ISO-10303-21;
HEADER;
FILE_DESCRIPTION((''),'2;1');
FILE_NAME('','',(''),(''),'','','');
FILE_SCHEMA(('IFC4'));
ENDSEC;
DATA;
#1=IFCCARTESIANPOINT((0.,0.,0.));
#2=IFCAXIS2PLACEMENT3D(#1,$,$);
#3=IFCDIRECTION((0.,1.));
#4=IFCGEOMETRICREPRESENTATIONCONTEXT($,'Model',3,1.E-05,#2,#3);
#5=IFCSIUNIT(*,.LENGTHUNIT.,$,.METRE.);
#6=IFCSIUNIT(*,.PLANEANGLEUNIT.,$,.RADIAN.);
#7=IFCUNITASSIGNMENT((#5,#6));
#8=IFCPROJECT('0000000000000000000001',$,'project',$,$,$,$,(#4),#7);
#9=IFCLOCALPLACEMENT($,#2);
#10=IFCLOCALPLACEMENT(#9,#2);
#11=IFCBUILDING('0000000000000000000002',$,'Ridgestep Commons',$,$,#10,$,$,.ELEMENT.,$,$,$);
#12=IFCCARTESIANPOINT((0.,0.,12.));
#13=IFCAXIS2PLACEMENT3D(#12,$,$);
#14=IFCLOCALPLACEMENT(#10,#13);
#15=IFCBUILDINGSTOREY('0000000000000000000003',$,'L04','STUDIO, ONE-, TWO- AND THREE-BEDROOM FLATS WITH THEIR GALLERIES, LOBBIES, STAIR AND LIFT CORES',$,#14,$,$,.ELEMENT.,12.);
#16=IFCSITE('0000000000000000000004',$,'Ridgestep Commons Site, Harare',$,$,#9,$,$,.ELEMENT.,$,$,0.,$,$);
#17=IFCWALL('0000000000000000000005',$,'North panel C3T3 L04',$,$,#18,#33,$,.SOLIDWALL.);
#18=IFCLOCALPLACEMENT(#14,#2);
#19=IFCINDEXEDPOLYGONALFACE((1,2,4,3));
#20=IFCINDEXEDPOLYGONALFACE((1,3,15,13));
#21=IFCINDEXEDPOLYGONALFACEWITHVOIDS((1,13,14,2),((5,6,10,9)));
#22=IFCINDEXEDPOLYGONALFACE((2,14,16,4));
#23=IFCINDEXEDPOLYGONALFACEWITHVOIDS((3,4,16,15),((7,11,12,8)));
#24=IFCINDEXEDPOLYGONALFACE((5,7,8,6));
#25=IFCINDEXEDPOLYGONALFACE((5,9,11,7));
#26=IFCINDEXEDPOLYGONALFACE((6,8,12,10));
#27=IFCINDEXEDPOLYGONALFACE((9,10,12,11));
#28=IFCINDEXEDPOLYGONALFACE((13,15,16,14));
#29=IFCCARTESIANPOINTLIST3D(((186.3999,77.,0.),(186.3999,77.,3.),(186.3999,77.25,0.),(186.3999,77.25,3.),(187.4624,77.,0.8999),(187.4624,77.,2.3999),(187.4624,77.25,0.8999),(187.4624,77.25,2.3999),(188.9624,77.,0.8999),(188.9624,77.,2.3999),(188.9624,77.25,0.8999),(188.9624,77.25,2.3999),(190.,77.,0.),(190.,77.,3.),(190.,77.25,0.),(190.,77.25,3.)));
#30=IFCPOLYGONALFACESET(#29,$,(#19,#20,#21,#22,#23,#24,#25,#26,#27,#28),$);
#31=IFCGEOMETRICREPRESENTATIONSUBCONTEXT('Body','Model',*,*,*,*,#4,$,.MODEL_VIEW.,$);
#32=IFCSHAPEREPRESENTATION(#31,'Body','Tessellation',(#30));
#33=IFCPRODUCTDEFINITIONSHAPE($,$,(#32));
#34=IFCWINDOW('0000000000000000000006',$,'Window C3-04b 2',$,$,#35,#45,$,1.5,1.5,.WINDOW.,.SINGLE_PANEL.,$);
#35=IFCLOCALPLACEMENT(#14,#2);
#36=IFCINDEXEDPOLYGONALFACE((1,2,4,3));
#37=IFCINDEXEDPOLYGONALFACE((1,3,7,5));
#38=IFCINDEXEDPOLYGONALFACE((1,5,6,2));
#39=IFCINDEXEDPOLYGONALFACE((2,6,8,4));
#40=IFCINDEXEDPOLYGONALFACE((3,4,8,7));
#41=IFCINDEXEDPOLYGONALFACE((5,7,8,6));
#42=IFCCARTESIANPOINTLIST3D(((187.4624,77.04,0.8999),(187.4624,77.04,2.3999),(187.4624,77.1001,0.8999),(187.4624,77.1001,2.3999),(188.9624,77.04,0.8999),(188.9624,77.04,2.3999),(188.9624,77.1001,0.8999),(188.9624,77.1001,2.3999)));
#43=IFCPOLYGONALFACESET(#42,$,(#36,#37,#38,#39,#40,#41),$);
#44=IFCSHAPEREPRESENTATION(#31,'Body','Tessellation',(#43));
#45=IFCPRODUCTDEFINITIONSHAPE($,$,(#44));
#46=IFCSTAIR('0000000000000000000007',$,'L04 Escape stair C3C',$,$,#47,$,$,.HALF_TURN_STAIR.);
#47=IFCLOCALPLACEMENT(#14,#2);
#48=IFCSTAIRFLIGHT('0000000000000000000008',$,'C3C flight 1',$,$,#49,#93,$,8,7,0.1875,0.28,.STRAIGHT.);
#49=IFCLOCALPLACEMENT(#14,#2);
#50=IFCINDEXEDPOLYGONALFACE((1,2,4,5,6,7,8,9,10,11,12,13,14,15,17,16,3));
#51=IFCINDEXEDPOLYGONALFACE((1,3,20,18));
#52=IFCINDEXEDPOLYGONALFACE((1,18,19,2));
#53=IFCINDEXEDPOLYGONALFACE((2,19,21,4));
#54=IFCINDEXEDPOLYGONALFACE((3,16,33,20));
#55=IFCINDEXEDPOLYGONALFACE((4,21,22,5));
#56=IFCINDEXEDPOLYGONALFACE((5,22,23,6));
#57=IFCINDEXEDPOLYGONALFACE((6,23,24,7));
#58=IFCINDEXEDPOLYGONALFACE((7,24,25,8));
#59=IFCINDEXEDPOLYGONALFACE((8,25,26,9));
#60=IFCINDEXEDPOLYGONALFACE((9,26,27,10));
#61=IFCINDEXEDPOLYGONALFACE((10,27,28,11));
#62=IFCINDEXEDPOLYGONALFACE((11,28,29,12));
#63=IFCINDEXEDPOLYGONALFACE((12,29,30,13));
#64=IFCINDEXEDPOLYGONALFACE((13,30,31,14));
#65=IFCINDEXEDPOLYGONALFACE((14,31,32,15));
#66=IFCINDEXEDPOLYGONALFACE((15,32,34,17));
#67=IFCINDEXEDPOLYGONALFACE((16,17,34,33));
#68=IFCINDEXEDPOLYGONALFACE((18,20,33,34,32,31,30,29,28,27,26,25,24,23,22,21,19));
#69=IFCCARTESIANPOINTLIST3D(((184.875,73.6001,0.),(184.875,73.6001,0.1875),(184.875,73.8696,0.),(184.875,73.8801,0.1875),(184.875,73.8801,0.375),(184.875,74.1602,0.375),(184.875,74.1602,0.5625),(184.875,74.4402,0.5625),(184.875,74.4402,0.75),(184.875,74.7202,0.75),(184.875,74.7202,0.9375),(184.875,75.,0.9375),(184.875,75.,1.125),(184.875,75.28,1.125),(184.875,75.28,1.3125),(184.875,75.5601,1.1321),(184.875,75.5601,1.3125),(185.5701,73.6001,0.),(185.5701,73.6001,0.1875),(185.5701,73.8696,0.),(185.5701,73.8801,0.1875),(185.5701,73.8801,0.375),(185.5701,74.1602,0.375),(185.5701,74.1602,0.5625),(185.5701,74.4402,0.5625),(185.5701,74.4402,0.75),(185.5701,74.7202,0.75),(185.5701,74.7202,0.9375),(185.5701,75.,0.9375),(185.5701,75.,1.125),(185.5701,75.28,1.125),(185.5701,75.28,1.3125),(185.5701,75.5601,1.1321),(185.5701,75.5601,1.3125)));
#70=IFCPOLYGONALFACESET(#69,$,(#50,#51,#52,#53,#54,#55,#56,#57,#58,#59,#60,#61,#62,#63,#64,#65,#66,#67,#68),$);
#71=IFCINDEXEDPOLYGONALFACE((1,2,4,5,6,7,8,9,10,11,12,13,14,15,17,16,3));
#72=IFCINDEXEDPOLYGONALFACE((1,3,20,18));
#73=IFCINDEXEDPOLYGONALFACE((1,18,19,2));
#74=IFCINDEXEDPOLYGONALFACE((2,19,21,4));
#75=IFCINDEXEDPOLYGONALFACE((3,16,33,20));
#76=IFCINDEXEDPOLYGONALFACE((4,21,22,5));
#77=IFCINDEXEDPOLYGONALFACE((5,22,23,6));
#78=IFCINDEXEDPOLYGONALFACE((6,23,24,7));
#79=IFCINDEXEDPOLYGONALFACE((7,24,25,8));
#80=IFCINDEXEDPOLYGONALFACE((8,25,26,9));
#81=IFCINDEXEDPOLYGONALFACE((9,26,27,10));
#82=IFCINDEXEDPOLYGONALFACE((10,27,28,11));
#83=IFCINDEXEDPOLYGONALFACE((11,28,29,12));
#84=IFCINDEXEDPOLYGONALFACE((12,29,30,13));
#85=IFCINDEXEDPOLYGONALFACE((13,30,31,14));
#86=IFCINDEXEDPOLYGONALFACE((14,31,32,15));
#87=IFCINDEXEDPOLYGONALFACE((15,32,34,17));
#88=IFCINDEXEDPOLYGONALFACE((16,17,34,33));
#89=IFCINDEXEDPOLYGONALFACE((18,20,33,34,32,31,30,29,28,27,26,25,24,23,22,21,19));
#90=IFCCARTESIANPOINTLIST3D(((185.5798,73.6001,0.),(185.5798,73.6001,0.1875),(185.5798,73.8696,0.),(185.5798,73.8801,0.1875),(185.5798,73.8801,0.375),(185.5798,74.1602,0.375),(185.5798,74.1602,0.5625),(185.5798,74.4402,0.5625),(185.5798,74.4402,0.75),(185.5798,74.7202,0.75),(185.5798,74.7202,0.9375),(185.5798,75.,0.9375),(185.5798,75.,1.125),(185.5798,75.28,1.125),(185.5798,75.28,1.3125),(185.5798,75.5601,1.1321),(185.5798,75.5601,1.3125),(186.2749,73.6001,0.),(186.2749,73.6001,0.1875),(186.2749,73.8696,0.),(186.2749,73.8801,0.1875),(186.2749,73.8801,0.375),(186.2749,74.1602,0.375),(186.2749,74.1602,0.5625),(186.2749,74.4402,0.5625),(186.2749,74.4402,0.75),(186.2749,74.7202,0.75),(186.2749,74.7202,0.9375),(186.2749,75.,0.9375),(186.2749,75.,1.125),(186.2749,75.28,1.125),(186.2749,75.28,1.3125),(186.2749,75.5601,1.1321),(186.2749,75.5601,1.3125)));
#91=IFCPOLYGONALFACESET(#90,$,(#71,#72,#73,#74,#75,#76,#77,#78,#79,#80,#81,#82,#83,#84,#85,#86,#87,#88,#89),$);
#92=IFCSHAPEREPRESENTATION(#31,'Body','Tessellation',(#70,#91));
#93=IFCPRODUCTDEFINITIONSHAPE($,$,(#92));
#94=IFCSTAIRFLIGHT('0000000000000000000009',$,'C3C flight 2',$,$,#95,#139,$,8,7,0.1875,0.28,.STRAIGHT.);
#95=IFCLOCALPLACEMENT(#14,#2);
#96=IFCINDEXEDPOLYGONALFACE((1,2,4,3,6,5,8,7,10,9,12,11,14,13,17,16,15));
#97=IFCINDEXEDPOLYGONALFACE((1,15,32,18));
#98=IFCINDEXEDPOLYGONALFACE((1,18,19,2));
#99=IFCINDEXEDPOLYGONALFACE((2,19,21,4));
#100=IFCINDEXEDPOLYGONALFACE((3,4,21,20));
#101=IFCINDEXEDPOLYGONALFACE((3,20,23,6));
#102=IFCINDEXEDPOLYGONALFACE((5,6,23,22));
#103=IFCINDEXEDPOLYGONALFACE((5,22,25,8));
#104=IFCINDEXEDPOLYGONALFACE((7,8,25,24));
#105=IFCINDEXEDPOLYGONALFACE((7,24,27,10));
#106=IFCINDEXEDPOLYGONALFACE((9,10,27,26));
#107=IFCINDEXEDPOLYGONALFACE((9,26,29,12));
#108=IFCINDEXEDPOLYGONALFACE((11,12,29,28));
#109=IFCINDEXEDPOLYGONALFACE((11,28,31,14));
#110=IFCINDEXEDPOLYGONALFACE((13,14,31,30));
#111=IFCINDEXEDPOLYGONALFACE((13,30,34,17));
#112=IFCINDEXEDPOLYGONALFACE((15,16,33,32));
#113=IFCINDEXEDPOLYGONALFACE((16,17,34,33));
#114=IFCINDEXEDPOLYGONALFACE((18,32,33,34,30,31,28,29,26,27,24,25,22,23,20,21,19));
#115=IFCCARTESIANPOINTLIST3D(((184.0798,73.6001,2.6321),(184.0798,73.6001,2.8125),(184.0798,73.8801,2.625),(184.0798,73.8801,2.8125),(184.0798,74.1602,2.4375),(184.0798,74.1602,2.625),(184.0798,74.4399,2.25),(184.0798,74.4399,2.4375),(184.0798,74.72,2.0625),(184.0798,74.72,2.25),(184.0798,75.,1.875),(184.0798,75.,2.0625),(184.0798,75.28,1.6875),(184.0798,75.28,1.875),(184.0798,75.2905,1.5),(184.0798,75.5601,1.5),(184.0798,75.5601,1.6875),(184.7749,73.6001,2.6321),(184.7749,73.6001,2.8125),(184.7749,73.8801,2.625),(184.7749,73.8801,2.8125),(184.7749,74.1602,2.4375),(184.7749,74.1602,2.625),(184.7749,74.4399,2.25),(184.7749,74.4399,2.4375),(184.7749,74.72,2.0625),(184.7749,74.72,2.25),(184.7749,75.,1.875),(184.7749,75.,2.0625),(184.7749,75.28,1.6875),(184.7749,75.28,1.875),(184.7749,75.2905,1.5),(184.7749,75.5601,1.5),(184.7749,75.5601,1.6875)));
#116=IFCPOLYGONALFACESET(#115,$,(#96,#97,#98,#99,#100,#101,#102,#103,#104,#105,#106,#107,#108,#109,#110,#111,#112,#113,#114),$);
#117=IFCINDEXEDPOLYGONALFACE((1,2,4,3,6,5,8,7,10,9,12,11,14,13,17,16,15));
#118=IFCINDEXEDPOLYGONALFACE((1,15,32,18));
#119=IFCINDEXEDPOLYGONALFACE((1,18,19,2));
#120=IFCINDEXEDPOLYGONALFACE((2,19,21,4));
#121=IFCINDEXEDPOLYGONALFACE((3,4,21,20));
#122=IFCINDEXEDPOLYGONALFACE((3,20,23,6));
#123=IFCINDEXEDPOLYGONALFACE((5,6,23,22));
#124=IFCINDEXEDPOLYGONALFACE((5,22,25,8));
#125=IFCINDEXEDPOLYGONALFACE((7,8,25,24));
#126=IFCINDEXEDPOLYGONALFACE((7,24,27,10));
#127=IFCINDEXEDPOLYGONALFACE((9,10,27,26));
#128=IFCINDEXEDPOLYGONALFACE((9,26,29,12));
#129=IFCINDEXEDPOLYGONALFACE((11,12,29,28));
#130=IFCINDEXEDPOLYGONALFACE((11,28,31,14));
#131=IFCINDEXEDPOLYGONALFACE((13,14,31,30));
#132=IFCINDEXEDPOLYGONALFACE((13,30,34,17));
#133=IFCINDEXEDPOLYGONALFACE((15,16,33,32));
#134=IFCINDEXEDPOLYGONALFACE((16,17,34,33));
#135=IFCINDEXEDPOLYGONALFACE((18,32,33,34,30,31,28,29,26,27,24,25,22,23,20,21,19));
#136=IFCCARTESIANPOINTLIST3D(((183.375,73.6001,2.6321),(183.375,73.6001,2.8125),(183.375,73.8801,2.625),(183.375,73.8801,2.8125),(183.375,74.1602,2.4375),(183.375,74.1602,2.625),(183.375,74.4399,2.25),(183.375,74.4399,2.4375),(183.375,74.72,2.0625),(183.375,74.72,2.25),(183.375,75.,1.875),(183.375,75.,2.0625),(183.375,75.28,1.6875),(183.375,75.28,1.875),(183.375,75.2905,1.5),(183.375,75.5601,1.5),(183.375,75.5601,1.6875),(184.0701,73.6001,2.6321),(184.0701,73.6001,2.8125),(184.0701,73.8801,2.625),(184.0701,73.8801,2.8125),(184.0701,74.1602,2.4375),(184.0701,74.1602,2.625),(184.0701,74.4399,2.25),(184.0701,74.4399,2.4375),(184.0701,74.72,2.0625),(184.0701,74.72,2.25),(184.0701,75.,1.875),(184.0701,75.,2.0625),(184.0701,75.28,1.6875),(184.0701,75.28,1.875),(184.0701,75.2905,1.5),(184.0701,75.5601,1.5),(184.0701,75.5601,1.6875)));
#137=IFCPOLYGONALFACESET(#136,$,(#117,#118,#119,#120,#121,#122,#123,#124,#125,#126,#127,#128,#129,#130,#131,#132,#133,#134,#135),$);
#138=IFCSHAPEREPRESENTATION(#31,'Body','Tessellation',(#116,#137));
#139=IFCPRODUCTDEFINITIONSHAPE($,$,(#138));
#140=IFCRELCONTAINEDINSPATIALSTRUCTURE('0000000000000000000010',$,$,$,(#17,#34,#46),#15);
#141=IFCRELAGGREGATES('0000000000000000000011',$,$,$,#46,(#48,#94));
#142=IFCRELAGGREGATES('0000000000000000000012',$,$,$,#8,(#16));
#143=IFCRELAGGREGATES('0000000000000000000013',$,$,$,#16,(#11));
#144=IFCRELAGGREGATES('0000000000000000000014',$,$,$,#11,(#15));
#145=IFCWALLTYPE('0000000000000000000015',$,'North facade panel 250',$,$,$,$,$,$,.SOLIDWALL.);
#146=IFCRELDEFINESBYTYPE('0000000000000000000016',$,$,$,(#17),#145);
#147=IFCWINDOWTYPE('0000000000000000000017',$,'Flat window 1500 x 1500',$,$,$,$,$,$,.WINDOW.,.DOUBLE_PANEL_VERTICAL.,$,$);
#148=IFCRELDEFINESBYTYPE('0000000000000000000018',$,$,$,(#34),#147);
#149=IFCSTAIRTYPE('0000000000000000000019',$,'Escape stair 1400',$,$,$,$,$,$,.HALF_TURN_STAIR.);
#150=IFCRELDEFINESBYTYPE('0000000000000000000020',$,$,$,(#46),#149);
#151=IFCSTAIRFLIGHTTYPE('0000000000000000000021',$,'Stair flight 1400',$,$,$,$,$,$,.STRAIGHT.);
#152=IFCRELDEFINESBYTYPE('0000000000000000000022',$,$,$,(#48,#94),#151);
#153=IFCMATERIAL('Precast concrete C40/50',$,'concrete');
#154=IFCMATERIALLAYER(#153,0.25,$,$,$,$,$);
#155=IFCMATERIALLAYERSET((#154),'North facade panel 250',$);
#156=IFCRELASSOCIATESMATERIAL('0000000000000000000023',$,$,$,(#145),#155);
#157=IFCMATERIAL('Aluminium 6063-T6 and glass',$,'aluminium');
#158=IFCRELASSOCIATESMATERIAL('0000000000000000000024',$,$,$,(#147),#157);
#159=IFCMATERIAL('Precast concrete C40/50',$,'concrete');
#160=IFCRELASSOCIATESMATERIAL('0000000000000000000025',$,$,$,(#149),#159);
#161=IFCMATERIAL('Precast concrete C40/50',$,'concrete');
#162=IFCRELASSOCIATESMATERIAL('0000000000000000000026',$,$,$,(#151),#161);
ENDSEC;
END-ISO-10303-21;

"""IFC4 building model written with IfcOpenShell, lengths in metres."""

from ifc_helpers import new_model, si_unit, direction, frame, frame_2d, origin, place, context, subcontext, project, spatial, polyline, rectangle, outline, extrude, material, layer, layer_set, type_object, element, fill, aggregate, save


model = new_model("IFC4")

# Units and contexts
model_context = context("Model", 3, precision=1e-05, world=origin(), true_north=direction((0.0, 1.0)))
body_context = subcontext(model_context, "Body", "Model", "MODEL_VIEW")
ifc_project = project(units=[si_unit("LENGTHUNIT", "METRE"), si_unit("PLANEANGLEUNIT", "RADIAN")], contexts=[model_context])

# Site, building, storey
site_placement = place(None, origin())
site = spatial("IfcSite", under=ifc_project, at=site_placement, Name="Ridgestep Commons Site, Harare", CompositionType="ELEMENT", RefElevation=0.0)
building_placement = place(site_placement, origin())
building = spatial("IfcBuilding", under=site, at=building_placement, Name="Ridgestep Commons", CompositionType="ELEMENT")
storey_placement = place(building_placement, frame((0.0, 0.0, 12.0)))
storey = spatial("IfcBuildingStorey", under=building, at=storey_placement, Name="L04", Description="STUDIO, ONE-, TWO- AND THREE-BEDROOM FLATS WITH THEIR GALLERIES, LOBBIES, STAIR AND LIFT CORES", CompositionType="ELEMENT", Elevation=12.0)

# Shared definitions
ifc_material_1 = material(Name="Precast concrete C40/50", Category="concrete")
ifc_layer_1 = layer(ifc_material_1, 0.25)
ifc_layer_set_1 = layer_set([ifc_layer_1], Name="North facade panel 250")
wall_type_1 = type_object("IfcWallType", Name="North facade panel 250", PredefinedType="SOLIDWALL", material=ifc_layer_set_1)

# Wall, opening, window
wall_1_placement = place(storey_placement, frame((186.3999, 77.125, 0.0), z_axis=(0.0, 0.0, 1.0), x_axis=(1.0, 0.0, 0.0)))
wall_1 = element("IfcWall", 1, at=wall_1_placement, inside=storey, type_object=wall_type_1, Name="North panel C3T3 L04", PredefinedType="SOLIDWALL", context=body_context, shape_type="SweptSolid", body=[
    extrude(rectangle(XDim=3.6001, YDim=0.25, at=frame_2d((1.8, 0.0))), origin(), (0.0, 0.0, 1.0), 3.0),
])
opening_placement = place(wall_1_placement, frame((1.0625, 0.0, 0.8999)))
opening = element("IfcOpeningElement", 2, at=opening_placement, cuts=wall_1, PredefinedType="OPENING", context=body_context, shape_type="SweptSolid", body=[
    extrude(rectangle(XDim=1.5, YDim=1.5, at=frame_2d((0.75, 0.75))), frame((0.0, 0.135, 0.0), z_axis=(0.0, -1.0, 0.0), x_axis=(1.0, 0.0, 0.0)), (0.0, 0.0, 1.0), 0.27),
])
ifc_material_2 = material(Name="Aluminium 6063-T6 and glass", Category="aluminium")
window_type = type_object("IfcWindowType", Name="Flat window 1500 x 1500", PartitioningType="DOUBLE_PANEL_VERTICAL", PredefinedType="WINDOW", material=ifc_material_2)
window_placement = place(opening_placement, origin())
window = element("IfcWindow", 3, at=window_placement, inside=storey, type_object=window_type, Name="Window C3-04b 2", OverallHeight=1.5, OverallWidth=1.5, PartitioningType="SINGLE_PANEL", PredefinedType="WINDOW", context=body_context, shape_type="SweptSolid", body=[
    extrude(rectangle(XDim=1.5, YDim=1.5, at=frame_2d((0.75, 0.75))), frame((0.0, -0.0249, 0.0), z_axis=(0.0, -1.0, 0.0), x_axis=(1.0, 0.0, 0.0)), (0.0, 0.0, 1.0), 0.0601),
])
fill(opening, window)

# Stair, stair flights
ifc_material_3 = material(Name="Precast concrete C40/50", Category="concrete")
stair_type = type_object("IfcStairType", Name="Escape stair 1400", PredefinedType="HALF_TURN_STAIR", material=ifc_material_3)
stair_placement = place(storey_placement, origin())
stair = element("IfcStair", 4, at=stair_placement, inside=storey, type_object=stair_type, Name="L04 Escape stair C3C", PredefinedType="HALF_TURN_STAIR")
ifc_material_4 = material(Name="Precast concrete C40/50", Category="concrete")
stair_flight_type = type_object("IfcStairFlightType", Name="Stair flight 1400", PredefinedType="STRAIGHT", material=ifc_material_4)
stair_flight_1_placement = place(storey_placement, frame((185.575, 73.6001, 0.0), z_axis=(0.0, 0.0, 1.0), x_axis=(0.0, 1.0, 0.0)))
stair_flight_1 = element("IfcStairFlight", 5, at=stair_flight_1_placement, type_object=stair_flight_type, Name="C3C flight 1", NumberOfRisers=8, NumberOfTreads=7, PredefinedType="STRAIGHT", RiserHeight=0.1875, TreadLength=0.28, context=body_context, shape_type="SweptSolid", body=[
    extrude(outline(polyline([(0.0, 0.0), (0.0, 0.1875), (0.28, 0.1875), (0.28, 0.375), (0.5601, 0.375), (0.5601, 0.5625), (0.8401, 0.5625), (0.8401, 0.75), (1.1201, 0.75), (1.1201, 0.9375), (1.3999, 0.9375), (1.3999, 1.125), (1.6799, 1.125), (1.6799, 1.3125), (1.96, 1.3125), (1.96, 1.5), (1.96, 1.1321), (0.2695, 0.0), (0.0, 0.0)])), frame((0.0, 0.7, 0.0), z_axis=(0.0, -1.0, 0.0), x_axis=(1.0, 0.0, 0.0)), (0.0, 0.0, 1.0), 0.6951),
    extrude(outline(polyline([(0.0, 0.0), (0.0, 0.1875), (0.28, 0.1875), (0.28, 0.375), (0.5601, 0.375), (0.5601, 0.5625), (0.8401, 0.5625), (0.8401, 0.75), (1.1201, 0.75), (1.1201, 0.9375), (1.3999, 0.9375), (1.3999, 1.125), (1.6799, 1.125), (1.6799, 1.3125), (1.96, 1.3125), (1.96, 1.5), (1.96, 1.1321), (0.2695, 0.0), (0.0, 0.0)])), frame((0.0, -0.0049, 0.0), z_axis=(0.0, -1.0, 0.0), x_axis=(1.0, 0.0, 0.0)), (0.0, 0.0, 1.0), 0.6951),
])
stair_flight_2_placement = place(storey_placement, frame((184.075, 75.5601, 1.5), z_axis=(0.0, 0.0, 1.0), x_axis=(0.0, -1.0, 0.0)))
stair_flight_2 = element("IfcStairFlight", 6, at=stair_flight_2_placement, type_object=stair_flight_type, Name="C3C flight 2", NumberOfRisers=8, NumberOfTreads=7, PredefinedType="STRAIGHT", RiserHeight=0.1875, TreadLength=0.28, context=body_context, shape_type="SweptSolid", body=[
    extrude(outline(polyline([(0.0, 0.0), (0.0, 0.1875), (0.28, 0.1875), (0.28, 0.375), (0.5601, 0.375), (0.5601, 0.5625), (0.8401, 0.5625), (0.8401, 0.75), (1.1201, 0.75), (1.1201, 0.9375), (1.3999, 0.9375), (1.3999, 1.125), (1.6799, 1.125), (1.6799, 1.3125), (1.96, 1.3125), (1.96, 1.5), (1.96, 1.1321), (0.2695, 0.0), (0.0, 0.0)])), frame((0.0, 0.7, 0.0), z_axis=(0.0, -1.0, 0.0), x_axis=(1.0, 0.0, 0.0)), (0.0, 0.0, 1.0), 0.6951),
    extrude(outline(polyline([(0.0, 0.0), (0.0, 0.1875), (0.28, 0.1875), (0.28, 0.375), (0.5601, 0.375), (0.5601, 0.5625), (0.8401, 0.5625), (0.8401, 0.75), (1.1201, 0.75), (1.1201, 0.9375), (1.3999, 0.9375), (1.3999, 1.125), (1.6799, 1.125), (1.6799, 1.3125), (1.96, 1.3125), (1.96, 1.5), (1.96, 1.1321), (0.2695, 0.0), (0.0, 0.0)])), frame((0.0, -0.0049, 0.0), z_axis=(0.0, -1.0, 0.0), x_axis=(1.0, 0.0, 0.0)), (0.0, 0.0, 1.0), 0.6951),
])
aggregate(stair, [stair_flight_1, stair_flight_2])

save(model, "model.ifc")
